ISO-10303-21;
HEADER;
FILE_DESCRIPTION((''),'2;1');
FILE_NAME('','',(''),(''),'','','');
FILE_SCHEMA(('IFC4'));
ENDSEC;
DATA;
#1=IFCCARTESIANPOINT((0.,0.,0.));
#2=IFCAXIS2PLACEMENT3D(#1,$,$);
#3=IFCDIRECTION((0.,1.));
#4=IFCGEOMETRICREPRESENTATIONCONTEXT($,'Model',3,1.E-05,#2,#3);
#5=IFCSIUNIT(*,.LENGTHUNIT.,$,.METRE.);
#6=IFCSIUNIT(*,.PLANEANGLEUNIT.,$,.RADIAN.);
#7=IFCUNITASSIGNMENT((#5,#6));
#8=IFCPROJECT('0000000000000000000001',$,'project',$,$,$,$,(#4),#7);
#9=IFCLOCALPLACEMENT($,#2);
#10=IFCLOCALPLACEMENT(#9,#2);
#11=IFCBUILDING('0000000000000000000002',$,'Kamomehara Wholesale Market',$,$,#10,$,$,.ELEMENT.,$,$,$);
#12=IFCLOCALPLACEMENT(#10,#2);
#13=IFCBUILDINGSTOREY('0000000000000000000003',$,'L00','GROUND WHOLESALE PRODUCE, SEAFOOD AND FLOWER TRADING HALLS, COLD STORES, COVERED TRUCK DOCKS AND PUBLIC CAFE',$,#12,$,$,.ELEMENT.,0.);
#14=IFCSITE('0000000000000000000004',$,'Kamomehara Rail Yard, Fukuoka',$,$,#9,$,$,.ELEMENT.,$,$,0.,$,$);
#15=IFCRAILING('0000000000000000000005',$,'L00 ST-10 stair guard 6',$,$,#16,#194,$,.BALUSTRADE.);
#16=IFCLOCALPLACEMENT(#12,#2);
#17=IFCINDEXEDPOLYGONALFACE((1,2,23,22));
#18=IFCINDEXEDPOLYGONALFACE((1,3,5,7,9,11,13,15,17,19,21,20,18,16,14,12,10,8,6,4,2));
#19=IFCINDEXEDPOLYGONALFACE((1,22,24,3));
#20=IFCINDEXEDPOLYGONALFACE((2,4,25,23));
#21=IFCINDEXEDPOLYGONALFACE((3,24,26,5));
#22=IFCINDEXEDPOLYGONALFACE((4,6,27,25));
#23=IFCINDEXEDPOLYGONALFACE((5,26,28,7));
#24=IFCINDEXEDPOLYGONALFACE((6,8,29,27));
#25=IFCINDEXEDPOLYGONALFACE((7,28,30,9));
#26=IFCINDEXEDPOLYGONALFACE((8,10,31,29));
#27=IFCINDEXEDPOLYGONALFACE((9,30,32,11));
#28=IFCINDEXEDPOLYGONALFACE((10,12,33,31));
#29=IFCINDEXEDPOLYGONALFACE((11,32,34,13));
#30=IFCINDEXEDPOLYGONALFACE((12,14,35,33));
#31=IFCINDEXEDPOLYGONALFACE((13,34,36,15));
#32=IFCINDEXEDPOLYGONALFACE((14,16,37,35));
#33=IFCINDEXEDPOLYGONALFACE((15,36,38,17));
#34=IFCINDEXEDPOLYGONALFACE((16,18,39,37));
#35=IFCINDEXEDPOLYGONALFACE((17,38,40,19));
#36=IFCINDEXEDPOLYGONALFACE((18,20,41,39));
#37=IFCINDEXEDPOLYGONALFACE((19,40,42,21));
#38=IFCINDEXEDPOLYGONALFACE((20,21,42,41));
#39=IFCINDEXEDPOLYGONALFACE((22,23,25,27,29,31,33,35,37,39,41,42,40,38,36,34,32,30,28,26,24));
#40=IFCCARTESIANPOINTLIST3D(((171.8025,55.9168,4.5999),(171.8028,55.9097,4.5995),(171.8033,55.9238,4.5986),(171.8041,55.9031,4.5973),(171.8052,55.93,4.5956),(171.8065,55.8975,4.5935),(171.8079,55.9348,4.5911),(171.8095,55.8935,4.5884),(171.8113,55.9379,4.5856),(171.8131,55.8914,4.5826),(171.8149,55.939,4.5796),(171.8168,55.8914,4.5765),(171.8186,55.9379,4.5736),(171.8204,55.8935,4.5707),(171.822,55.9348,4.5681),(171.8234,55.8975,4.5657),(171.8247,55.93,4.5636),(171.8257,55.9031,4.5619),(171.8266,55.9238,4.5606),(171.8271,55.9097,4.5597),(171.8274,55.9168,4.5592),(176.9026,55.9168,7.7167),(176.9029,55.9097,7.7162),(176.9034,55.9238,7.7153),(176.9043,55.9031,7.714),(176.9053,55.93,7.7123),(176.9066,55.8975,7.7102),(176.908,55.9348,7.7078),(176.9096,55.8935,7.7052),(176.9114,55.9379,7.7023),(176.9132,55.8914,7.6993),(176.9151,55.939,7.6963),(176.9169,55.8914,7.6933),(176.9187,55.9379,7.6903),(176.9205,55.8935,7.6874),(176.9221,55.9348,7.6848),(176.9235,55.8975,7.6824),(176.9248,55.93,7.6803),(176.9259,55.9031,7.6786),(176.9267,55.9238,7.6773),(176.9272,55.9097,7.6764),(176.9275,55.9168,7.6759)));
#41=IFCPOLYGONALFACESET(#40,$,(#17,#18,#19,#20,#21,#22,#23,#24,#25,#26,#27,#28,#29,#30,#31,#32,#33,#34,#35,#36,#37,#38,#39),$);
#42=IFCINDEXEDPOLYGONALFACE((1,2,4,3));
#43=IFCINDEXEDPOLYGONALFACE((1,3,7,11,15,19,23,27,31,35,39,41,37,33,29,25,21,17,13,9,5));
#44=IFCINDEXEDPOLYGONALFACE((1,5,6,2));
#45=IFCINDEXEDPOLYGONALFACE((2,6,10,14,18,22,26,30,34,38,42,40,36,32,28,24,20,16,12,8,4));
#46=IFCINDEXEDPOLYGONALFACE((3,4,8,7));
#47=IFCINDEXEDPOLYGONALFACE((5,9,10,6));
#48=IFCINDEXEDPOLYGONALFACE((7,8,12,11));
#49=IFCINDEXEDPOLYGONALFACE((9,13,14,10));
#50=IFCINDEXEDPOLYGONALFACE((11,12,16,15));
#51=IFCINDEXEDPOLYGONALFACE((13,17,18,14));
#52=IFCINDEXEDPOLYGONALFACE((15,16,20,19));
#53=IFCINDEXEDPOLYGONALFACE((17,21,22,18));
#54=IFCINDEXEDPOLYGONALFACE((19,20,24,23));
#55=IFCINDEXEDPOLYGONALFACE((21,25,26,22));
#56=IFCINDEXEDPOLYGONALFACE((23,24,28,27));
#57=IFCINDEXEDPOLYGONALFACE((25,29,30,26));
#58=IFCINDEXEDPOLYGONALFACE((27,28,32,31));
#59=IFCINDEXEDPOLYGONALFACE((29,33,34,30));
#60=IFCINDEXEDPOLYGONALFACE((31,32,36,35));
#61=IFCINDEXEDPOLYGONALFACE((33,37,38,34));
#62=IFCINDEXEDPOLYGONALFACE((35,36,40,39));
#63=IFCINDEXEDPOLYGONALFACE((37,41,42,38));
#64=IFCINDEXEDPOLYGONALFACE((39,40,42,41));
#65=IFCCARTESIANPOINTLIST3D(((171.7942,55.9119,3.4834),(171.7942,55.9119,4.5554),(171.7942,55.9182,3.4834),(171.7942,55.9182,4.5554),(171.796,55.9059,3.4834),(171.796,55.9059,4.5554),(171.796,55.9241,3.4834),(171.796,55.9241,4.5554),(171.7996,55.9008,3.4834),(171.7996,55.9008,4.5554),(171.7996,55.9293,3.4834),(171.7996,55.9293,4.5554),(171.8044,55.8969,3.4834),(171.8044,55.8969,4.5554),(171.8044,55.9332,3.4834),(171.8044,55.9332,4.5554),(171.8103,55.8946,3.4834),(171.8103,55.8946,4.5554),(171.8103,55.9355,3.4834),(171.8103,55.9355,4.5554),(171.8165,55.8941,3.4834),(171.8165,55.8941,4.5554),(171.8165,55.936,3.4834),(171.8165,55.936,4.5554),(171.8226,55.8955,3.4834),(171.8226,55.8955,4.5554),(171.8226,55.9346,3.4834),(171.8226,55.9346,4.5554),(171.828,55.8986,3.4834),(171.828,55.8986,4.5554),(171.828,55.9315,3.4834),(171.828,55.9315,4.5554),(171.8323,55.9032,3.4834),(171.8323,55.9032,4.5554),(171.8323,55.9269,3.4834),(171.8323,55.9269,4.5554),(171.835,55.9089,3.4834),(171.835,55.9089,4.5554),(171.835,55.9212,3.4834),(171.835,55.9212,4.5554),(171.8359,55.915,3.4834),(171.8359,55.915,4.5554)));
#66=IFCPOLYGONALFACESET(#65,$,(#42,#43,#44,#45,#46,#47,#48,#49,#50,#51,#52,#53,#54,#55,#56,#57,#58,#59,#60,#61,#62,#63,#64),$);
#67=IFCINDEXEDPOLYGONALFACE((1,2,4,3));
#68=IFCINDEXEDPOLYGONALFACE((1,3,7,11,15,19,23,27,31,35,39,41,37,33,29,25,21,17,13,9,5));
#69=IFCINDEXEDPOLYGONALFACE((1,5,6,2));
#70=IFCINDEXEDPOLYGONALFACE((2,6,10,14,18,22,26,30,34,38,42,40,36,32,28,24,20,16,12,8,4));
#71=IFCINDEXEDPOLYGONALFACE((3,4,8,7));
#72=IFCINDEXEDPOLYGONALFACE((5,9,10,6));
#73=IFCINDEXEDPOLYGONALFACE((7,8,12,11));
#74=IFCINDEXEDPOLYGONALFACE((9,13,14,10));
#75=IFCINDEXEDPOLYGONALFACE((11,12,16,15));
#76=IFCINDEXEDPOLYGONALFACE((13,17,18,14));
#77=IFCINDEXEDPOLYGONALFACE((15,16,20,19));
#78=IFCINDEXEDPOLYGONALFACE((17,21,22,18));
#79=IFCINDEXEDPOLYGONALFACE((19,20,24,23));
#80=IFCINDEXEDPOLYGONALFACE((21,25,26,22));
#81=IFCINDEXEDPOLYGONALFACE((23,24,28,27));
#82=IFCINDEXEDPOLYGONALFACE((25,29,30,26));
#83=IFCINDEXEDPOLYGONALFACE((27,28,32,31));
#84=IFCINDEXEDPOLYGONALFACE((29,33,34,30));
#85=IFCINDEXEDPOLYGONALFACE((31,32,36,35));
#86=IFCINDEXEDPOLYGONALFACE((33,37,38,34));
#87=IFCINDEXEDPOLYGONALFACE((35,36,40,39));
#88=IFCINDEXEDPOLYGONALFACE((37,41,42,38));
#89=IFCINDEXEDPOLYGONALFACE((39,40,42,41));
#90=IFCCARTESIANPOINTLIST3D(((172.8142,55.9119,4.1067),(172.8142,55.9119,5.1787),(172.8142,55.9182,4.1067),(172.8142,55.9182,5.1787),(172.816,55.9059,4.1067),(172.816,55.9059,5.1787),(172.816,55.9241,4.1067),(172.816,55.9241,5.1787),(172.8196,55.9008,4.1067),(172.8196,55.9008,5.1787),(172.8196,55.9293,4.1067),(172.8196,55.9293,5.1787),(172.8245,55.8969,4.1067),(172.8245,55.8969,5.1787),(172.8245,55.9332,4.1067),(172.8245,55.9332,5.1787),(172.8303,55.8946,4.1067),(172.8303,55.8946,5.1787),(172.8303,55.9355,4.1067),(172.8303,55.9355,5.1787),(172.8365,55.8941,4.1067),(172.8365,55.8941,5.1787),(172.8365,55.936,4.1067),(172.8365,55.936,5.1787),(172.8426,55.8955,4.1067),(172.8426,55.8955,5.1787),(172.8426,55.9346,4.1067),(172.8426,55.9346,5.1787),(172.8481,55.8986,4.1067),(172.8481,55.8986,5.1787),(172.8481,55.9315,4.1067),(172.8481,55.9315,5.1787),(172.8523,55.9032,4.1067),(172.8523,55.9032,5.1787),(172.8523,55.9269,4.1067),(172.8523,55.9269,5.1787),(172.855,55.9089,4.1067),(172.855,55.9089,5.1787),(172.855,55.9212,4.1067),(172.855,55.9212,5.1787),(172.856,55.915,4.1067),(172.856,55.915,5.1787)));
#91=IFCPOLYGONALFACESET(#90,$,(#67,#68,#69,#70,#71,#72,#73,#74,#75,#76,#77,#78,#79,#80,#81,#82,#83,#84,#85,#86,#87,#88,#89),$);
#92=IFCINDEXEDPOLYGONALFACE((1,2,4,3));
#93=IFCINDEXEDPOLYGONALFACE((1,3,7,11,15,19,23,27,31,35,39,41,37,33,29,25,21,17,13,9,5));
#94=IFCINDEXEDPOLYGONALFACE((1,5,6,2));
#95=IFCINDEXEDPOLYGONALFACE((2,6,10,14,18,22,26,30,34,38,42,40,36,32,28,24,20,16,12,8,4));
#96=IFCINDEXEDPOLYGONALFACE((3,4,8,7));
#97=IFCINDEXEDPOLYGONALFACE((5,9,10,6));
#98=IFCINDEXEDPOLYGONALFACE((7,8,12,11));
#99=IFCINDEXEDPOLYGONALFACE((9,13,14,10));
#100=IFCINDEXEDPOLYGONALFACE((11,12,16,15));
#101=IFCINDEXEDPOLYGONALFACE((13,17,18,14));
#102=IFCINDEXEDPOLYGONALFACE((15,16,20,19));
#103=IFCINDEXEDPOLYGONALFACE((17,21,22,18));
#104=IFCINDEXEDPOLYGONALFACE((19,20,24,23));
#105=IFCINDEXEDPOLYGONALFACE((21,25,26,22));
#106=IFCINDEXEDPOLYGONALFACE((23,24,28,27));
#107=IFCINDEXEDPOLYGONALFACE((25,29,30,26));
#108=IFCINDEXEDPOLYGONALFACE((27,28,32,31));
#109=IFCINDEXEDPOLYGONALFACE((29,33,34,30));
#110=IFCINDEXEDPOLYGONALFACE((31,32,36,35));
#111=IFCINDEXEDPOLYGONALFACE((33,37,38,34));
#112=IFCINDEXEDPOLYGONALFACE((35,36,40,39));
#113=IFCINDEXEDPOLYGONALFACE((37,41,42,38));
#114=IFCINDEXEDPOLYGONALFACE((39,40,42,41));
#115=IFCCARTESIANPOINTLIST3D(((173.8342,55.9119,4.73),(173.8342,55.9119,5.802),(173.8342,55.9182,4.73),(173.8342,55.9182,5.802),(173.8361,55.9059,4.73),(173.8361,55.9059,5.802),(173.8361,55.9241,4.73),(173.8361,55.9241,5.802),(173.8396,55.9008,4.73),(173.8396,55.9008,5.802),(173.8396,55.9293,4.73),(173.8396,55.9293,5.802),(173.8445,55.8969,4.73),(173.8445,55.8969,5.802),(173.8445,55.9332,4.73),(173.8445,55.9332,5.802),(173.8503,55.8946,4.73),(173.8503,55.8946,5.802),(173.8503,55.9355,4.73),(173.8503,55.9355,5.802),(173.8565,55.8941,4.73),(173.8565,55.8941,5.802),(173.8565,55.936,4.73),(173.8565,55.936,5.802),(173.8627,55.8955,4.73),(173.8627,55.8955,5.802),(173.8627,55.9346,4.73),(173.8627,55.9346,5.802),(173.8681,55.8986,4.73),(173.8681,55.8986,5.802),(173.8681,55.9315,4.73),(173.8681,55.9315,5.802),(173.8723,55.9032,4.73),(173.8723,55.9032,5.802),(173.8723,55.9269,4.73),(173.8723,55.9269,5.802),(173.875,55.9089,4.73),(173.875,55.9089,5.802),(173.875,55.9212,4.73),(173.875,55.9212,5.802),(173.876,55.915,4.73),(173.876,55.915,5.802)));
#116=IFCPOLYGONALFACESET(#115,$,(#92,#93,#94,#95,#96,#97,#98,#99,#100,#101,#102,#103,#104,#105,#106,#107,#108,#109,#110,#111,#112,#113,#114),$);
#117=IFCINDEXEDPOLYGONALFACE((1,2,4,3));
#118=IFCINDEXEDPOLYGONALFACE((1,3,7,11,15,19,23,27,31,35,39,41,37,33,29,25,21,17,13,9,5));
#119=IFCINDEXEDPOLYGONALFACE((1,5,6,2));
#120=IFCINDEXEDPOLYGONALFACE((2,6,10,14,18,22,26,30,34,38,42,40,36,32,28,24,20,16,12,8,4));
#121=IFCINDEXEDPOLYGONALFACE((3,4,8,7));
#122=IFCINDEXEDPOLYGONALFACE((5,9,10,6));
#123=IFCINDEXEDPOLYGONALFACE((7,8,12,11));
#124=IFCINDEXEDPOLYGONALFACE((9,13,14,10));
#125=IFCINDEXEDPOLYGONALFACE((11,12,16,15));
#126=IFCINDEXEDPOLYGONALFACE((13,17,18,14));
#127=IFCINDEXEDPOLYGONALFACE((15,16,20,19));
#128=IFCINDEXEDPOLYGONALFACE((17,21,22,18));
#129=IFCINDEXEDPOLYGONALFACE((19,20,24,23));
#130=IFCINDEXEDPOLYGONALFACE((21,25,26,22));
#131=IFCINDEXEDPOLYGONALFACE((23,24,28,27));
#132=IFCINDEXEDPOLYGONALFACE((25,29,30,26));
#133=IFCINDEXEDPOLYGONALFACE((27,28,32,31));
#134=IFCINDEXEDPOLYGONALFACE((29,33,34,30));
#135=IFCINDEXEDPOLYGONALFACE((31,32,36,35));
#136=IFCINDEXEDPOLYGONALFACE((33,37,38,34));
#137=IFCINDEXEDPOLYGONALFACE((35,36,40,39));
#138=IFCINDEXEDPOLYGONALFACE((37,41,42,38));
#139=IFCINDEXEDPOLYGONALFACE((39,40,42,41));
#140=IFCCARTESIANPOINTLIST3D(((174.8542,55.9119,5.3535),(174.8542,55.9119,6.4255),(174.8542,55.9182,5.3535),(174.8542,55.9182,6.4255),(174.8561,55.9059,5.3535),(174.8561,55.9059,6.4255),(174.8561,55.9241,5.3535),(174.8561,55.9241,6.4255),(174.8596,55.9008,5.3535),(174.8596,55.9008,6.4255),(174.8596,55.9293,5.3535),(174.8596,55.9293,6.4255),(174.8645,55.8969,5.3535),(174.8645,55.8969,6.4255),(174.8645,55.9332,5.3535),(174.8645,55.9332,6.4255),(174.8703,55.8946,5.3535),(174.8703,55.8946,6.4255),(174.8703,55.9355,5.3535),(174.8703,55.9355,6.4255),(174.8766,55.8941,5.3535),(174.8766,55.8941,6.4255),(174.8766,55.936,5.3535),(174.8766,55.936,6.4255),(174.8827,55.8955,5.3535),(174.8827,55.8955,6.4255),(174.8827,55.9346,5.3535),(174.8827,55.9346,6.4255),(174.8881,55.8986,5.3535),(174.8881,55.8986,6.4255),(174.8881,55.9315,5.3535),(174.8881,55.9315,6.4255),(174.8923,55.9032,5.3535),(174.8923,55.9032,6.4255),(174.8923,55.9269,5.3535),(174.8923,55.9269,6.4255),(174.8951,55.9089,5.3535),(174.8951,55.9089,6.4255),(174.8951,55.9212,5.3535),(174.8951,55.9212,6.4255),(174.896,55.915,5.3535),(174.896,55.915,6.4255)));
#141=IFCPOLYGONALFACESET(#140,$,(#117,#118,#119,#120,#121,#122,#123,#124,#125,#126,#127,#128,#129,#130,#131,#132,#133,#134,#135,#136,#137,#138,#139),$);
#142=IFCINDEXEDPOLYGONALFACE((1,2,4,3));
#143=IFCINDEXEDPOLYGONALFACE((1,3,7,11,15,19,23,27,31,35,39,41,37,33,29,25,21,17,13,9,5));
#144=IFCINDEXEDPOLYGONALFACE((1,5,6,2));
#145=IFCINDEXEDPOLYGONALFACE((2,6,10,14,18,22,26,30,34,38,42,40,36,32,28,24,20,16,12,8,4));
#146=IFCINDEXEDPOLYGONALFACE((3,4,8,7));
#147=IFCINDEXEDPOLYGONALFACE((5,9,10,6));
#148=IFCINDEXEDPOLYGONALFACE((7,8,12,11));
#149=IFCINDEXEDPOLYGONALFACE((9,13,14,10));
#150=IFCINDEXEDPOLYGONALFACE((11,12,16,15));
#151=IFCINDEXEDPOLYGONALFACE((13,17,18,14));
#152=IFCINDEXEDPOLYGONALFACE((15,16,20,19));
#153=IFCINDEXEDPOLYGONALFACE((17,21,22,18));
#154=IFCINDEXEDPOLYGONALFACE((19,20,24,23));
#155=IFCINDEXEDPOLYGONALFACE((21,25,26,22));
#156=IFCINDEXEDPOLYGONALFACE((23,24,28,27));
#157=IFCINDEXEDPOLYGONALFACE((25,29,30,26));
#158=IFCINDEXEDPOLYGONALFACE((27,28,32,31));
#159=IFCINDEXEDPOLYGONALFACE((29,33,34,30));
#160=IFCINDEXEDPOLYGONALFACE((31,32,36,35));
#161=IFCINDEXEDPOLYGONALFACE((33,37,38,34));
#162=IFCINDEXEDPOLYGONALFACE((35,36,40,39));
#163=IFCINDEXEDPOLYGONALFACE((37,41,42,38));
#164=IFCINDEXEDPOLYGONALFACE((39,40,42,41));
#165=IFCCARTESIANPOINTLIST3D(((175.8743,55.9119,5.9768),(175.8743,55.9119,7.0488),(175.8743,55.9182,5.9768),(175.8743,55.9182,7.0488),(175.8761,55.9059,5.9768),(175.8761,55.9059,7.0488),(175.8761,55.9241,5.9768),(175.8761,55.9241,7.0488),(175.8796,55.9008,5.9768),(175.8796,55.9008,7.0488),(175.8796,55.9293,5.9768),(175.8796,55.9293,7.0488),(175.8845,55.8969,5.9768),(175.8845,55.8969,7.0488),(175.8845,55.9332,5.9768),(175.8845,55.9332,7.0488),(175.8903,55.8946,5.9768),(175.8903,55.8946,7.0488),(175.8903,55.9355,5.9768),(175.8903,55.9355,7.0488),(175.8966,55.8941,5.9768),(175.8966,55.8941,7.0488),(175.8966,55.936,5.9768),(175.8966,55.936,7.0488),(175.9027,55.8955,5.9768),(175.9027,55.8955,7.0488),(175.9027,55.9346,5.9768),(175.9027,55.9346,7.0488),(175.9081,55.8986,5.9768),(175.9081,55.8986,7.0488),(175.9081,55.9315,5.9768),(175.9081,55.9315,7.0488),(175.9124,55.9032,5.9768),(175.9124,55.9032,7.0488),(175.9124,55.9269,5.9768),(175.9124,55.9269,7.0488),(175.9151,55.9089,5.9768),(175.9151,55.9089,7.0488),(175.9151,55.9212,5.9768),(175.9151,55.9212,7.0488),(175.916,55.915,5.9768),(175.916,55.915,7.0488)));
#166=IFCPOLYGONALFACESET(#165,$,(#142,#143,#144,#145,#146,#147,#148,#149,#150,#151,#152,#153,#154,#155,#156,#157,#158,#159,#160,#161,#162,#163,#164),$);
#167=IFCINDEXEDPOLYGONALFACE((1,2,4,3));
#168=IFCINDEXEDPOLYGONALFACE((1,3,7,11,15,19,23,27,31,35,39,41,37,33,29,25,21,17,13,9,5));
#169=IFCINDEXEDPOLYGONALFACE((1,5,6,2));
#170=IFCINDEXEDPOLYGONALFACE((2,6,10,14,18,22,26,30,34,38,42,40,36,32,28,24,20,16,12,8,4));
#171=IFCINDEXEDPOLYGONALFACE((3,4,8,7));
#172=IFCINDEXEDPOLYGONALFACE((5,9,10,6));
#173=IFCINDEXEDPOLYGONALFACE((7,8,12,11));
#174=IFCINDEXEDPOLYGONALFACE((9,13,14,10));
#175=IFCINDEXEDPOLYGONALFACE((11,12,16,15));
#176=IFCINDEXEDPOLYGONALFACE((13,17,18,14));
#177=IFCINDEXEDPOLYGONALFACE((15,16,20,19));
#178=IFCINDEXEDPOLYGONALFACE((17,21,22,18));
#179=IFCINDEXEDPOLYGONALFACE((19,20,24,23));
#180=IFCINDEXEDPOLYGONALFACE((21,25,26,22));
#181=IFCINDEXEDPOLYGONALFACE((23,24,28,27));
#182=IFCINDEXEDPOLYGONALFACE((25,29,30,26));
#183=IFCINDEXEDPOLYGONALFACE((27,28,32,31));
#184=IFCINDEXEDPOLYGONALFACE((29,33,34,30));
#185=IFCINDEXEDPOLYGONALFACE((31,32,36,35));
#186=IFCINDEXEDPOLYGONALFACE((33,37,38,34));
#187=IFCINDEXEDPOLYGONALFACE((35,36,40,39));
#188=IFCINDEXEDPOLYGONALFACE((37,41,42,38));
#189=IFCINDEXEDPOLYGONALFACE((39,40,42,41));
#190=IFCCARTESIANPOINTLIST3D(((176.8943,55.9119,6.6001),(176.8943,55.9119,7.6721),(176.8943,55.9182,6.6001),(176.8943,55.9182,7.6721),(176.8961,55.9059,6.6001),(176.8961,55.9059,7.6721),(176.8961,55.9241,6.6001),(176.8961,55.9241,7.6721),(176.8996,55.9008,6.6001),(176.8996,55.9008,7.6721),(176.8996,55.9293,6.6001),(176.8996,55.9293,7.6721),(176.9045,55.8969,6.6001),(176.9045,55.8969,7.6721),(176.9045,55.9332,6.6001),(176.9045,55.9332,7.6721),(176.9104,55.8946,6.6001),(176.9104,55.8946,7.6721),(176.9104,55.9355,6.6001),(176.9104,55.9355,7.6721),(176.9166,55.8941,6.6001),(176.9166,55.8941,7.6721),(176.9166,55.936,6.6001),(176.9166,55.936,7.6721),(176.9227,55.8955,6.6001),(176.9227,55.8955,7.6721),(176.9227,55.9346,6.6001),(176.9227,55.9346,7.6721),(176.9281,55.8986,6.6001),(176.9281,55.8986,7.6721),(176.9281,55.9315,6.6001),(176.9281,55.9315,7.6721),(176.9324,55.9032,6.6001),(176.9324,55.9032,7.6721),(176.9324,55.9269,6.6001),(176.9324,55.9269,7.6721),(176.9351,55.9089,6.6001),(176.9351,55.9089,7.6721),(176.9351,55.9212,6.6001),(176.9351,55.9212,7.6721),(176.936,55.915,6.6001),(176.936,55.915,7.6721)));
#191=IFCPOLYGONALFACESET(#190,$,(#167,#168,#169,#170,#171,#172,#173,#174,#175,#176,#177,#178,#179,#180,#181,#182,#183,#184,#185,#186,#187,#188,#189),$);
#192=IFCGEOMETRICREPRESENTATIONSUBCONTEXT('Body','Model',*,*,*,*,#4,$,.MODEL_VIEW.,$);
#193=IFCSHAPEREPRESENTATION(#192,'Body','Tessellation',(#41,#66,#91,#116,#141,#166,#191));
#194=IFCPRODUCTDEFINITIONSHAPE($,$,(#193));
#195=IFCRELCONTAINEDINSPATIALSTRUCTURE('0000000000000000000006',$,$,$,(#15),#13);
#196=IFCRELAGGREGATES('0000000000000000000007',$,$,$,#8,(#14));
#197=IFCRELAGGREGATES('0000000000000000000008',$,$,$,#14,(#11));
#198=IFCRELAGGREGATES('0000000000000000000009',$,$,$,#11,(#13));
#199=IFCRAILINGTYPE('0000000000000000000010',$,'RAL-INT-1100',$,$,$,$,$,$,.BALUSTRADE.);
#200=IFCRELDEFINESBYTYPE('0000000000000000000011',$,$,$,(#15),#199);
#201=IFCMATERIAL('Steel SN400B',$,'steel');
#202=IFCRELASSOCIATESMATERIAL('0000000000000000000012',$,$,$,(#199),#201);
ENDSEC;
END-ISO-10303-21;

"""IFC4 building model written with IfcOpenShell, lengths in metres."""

from ifc_helpers import new_model, si_unit, direction, frame, origin, origin_2d, place, context, subcontext, project, spatial, circle, extrude, material, type_object, element, save


model = new_model("IFC4")

# Units and contexts
model_context = context("Model", 3, precision=1e-05, world=origin(), true_north=direction((0.0, 1.0)))
body_context = subcontext(model_context, "Body", "Model", "MODEL_VIEW")
ifc_project = project(units=[si_unit("LENGTHUNIT", "METRE"), si_unit("PLANEANGLEUNIT", "RADIAN")], contexts=[model_context])

# Site, building, storey
site_placement = place(None, origin())
site = spatial("IfcSite", under=ifc_project, at=site_placement, Name="Kamomehara Rail Yard, Fukuoka", CompositionType="ELEMENT", RefElevation=0.0)
building_placement = place(site_placement, origin())
building = spatial("IfcBuilding", under=site, at=building_placement, Name="Kamomehara Wholesale Market", CompositionType="ELEMENT")
storey_placement = place(building_placement, origin())
storey = spatial("IfcBuildingStorey", under=building, at=storey_placement, Name="L00", Description="GROUND WHOLESALE PRODUCE, SEAFOOD AND FLOWER TRADING HALLS, COLD STORES, COVERED TRUCK DOCKS AND PUBLIC CAFE", CompositionType="ELEMENT", Elevation=0.0)

# Railing
ifc_material_1 = material(Name="Steel SN400B", Category="steel")
railing_type_1 = type_object("IfcRailingType", Name="RAL-INT-1100", PredefinedType="BALUSTRADE", material=ifc_material_1)
railing_1_placement = place(storey_placement, frame((171.8149, 55.915, 3.4834)))
element("IfcRailing", 1, at=railing_1_placement, inside=storey, type_object=railing_type_1, Name="L00 ST-10 stair guard 6", PredefinedType="BALUSTRADE", context=body_context, shape_type="SweptSolid", body=[
    extrude(circle(Radius=0.0239, at=origin_2d()), frame((0.0, 0.0, 1.0962), z_axis=(0.853284, 0.0, 0.521447), x_axis=(0.0, 1.0, 0.0)), (0.0, 0.0, 1.0), 5.9771),
    extrude(circle(Radius=0.021, at=origin_2d()), origin(), (0.0, 0.0, 1.0), 1.072),
    extrude(circle(Radius=0.021, at=origin_2d()), frame((1.02, 0.0, 0.6233)), (0.0, 0.0, 1.0), 1.072),
    extrude(circle(Radius=0.021, at=origin_2d()), frame((2.04, 0.0, 1.2466)), (0.0, 0.0, 1.0), 1.072),
    extrude(circle(Radius=0.021, at=origin_2d()), frame((3.0601, 0.0, 1.8701)), (0.0, 0.0, 1.0), 1.072),
    extrude(circle(Radius=0.021, at=origin_2d()), frame((4.0801, 0.0, 2.4934)), (0.0, 0.0, 1.0), 1.072),
    extrude(circle(Radius=0.021, at=origin_2d()), frame((5.1001, 0.0, 3.1167)), (0.0, 0.0, 1.0), 1.072),
])

save(model, "model.ifc")
